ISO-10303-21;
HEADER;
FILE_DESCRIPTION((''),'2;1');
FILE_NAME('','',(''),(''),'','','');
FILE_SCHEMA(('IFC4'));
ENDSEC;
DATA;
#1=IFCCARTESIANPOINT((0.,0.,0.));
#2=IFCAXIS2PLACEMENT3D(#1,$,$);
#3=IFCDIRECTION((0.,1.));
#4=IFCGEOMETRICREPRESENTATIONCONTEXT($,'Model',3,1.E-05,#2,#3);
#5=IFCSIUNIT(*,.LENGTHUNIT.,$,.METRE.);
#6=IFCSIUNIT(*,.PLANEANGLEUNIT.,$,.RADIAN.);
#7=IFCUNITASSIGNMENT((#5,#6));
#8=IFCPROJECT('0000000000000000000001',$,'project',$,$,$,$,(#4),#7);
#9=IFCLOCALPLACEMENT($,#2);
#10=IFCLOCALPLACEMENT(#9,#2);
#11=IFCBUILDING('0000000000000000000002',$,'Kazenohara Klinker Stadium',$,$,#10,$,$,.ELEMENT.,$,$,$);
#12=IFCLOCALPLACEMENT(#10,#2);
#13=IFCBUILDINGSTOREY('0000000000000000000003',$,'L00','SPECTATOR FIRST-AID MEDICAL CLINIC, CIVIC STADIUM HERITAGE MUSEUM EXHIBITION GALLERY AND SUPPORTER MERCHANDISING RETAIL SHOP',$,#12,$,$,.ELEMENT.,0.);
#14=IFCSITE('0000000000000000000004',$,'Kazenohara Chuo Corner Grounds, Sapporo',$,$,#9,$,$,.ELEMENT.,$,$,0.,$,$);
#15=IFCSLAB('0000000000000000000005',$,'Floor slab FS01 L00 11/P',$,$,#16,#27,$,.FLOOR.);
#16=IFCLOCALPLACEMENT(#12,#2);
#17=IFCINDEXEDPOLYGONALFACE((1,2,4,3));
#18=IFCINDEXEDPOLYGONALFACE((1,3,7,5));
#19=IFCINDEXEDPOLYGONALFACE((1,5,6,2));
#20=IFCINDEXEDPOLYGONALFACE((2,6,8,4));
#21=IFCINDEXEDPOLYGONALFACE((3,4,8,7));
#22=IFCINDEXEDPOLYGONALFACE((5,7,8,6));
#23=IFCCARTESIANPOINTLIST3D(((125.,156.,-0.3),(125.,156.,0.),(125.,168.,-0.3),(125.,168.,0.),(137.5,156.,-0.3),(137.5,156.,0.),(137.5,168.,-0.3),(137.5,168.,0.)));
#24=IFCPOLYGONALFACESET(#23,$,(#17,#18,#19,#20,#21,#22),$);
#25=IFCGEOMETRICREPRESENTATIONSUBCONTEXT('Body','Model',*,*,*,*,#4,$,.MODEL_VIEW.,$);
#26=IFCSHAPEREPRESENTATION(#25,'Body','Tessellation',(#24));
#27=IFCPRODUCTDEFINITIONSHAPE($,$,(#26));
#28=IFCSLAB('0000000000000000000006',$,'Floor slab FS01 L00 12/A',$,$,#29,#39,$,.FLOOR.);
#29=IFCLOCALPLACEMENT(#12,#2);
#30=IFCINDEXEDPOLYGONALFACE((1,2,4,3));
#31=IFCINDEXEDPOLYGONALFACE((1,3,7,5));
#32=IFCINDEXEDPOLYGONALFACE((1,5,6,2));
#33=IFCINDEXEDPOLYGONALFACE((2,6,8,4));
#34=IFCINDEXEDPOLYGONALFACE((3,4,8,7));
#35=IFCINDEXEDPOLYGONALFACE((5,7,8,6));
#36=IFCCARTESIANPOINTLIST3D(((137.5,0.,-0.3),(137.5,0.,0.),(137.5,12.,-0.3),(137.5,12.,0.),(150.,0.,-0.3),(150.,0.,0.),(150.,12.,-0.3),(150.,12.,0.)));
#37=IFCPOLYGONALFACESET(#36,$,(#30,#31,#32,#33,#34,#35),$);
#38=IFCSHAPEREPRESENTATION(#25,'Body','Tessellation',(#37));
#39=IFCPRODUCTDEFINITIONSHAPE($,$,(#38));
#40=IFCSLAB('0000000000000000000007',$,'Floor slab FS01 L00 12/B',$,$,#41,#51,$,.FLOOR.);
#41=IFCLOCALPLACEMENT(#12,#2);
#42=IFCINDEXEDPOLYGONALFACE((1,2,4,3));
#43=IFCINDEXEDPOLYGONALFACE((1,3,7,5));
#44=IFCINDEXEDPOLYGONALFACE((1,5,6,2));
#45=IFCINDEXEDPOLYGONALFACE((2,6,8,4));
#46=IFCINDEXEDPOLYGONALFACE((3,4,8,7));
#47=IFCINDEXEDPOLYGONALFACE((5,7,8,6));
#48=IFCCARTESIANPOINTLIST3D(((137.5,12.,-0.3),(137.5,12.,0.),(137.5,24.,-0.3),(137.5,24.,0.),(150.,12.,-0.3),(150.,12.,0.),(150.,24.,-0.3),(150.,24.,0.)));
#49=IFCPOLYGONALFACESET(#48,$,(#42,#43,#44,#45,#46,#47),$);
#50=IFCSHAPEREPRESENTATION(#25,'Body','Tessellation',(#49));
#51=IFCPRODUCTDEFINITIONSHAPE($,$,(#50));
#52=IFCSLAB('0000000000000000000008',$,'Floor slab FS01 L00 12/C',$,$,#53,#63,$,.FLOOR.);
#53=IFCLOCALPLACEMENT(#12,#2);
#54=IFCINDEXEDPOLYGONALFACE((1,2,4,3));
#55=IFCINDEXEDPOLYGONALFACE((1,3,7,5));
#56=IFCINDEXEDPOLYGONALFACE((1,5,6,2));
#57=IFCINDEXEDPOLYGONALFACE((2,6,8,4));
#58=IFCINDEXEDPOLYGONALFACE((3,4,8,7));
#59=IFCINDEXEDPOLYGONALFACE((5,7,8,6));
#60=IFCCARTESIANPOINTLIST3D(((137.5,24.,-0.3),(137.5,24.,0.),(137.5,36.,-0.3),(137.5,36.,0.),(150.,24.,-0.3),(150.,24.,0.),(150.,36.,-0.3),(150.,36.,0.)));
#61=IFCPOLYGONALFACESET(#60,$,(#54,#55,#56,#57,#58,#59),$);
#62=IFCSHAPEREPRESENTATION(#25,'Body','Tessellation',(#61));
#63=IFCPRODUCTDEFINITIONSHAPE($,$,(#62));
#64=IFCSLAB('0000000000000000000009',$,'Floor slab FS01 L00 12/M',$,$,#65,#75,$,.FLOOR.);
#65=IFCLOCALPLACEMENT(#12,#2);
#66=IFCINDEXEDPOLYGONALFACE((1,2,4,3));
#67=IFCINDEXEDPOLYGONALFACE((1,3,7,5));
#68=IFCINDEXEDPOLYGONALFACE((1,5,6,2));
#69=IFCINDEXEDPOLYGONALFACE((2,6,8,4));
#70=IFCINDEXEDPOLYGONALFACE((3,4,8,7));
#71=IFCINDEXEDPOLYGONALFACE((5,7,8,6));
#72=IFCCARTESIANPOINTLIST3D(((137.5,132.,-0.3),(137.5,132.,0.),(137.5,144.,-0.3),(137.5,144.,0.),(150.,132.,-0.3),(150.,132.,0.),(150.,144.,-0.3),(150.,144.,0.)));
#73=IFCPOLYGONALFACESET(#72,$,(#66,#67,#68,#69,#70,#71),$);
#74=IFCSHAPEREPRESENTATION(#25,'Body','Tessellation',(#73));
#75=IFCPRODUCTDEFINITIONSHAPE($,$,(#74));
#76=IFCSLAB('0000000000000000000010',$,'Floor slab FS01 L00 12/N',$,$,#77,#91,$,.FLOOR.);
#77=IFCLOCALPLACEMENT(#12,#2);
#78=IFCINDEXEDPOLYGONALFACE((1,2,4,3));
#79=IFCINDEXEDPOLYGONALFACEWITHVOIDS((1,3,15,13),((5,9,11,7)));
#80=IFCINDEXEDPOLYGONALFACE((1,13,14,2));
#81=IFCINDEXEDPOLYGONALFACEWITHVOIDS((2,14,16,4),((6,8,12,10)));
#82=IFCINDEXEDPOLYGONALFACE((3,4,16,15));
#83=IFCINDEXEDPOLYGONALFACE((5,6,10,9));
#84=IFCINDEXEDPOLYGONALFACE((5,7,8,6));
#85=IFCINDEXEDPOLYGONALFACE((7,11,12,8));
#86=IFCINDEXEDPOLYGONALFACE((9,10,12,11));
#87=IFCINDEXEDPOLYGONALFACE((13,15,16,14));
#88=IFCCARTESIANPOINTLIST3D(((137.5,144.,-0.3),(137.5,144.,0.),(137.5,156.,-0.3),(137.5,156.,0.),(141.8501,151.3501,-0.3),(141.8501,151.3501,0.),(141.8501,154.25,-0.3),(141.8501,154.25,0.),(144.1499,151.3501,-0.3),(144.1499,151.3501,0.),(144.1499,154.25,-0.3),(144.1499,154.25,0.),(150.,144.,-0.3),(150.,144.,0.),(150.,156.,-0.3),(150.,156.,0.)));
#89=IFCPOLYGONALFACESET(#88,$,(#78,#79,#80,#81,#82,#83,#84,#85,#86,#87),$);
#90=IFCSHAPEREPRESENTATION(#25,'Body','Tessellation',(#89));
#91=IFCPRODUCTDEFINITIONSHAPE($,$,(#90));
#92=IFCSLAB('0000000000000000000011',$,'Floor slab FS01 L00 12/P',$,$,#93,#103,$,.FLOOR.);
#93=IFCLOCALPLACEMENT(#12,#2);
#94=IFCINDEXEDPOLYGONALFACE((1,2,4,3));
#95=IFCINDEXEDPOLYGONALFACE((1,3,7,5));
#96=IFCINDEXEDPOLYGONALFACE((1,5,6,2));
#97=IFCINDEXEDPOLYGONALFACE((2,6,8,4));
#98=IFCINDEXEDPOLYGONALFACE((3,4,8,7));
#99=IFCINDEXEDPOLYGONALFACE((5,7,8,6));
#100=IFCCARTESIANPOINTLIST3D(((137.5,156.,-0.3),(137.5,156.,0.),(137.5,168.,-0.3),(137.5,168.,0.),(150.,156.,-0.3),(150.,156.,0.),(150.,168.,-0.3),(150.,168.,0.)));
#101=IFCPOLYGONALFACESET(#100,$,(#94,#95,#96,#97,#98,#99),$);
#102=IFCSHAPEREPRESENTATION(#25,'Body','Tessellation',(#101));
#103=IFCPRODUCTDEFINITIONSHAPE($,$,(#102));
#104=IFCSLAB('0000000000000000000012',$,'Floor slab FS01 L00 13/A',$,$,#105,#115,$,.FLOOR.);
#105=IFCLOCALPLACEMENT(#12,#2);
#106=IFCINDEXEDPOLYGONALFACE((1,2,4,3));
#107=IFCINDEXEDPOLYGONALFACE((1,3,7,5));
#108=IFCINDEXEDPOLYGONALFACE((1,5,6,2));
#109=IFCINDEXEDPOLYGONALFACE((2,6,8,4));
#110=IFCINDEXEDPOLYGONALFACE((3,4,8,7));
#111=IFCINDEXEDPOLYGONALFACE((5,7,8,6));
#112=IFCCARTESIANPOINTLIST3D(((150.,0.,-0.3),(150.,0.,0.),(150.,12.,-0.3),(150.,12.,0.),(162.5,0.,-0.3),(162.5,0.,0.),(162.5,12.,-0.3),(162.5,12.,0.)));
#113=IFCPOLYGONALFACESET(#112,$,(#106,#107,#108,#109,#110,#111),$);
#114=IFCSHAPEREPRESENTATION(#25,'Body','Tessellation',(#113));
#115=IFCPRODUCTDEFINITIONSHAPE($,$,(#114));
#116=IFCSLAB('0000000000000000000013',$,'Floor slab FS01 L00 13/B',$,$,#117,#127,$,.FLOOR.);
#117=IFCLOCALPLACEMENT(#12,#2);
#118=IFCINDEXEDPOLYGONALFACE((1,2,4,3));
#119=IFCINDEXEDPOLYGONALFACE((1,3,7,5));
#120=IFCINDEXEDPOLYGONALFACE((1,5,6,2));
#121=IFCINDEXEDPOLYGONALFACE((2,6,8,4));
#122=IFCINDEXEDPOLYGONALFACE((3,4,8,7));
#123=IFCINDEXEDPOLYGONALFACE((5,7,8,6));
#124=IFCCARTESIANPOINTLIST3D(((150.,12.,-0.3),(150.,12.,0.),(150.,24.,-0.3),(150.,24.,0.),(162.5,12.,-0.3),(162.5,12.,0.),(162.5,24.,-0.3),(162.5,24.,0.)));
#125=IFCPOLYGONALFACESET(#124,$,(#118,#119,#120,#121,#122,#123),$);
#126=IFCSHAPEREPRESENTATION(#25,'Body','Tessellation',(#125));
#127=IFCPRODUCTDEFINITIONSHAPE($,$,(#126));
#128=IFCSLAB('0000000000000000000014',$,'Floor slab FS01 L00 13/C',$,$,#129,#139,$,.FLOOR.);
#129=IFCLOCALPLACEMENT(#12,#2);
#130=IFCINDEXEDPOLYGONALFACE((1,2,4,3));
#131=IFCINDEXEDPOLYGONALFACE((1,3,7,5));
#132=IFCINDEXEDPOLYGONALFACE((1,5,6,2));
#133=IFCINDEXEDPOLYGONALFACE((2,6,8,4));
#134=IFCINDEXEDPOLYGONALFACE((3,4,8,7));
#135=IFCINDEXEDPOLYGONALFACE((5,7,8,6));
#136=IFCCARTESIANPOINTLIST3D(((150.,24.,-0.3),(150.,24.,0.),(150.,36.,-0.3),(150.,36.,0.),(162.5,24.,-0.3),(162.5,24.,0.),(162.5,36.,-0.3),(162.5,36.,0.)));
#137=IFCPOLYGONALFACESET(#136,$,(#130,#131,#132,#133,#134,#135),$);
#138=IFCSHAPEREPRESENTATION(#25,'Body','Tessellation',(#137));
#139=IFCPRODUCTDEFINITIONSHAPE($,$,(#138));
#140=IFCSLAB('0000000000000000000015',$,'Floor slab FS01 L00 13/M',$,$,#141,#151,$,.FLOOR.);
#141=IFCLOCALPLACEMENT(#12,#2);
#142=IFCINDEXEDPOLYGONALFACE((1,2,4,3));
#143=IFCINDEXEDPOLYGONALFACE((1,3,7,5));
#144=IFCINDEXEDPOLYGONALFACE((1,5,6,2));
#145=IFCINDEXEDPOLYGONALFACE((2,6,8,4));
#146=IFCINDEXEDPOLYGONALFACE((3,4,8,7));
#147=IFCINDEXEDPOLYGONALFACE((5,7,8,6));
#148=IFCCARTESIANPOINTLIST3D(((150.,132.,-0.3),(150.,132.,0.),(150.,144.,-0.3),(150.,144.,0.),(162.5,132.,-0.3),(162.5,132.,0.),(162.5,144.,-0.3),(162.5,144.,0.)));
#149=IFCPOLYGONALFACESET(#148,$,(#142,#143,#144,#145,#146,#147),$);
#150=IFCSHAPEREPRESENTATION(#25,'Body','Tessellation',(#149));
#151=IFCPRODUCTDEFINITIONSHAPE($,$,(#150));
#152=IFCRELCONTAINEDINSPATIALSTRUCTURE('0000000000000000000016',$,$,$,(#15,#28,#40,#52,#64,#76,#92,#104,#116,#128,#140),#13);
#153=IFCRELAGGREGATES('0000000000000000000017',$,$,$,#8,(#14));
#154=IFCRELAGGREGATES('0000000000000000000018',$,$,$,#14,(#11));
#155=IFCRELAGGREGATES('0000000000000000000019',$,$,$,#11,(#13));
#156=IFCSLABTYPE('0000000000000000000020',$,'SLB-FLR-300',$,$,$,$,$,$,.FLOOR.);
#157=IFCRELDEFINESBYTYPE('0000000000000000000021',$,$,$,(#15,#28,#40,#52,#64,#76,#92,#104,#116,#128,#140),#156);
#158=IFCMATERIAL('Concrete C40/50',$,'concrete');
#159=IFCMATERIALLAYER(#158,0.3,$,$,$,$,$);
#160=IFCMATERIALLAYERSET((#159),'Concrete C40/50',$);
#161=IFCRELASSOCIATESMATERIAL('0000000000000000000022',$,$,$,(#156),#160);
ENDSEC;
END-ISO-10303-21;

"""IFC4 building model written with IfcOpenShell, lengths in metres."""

from ifc_helpers import new_model, si_unit, direction, frame, origin, place, context, subcontext, project, spatial, polyline, outline, extrude, material, layer, layer_set, type_object, element, save


model = new_model("IFC4")

# Units and contexts
model_context = context("Model", 3, precision=1e-05, world=origin(), true_north=direction((0.0, 1.0)))
body_context = subcontext(model_context, "Body", "Model", "MODEL_VIEW")
ifc_project = project(units=[si_unit("LENGTHUNIT", "METRE"), si_unit("PLANEANGLEUNIT", "RADIAN")], contexts=[model_context])

# Site, building, storey
site_placement = place(None, origin())
site = spatial("IfcSite", under=ifc_project, at=site_placement, Name="Kazenohara Chuo Corner Grounds, Sapporo", CompositionType="ELEMENT", RefElevation=0.0)
building_placement = place(site_placement, origin())
building = spatial("IfcBuilding", under=site, at=building_placement, Name="Kazenohara Klinker Stadium", CompositionType="ELEMENT")
storey_placement = place(building_placement, origin())
storey = spatial("IfcBuildingStorey", under=building, at=storey_placement, Name="L00", Description="SPECTATOR FIRST-AID MEDICAL CLINIC, CIVIC STADIUM HERITAGE MUSEUM EXHIBITION GALLERY AND SUPPORTER MERCHANDISING RETAIL SHOP", CompositionType="ELEMENT", Elevation=0.0)

# Slabs
ifc_material = material(Name="Concrete C40/50", Category="concrete")
ifc_layer = layer(ifc_material, 0.3)
ifc_layer_set = layer_set([ifc_layer], Name="Concrete C40/50")
slab_type = type_object("IfcSlabType", Name="SLB-FLR-300", PredefinedType="FLOOR", material=ifc_layer_set)
slab_1_placement = place(storey_placement, frame((0.0, 0.0, -0.3)))
element("IfcSlab", 1, at=slab_1_placement, inside=storey, type_object=slab_type, Name="Floor slab FS01 L00 11/P", PredefinedType="FLOOR", context=body_context, shape_type="SweptSolid", body=[
    extrude(outline(polyline([(125.0, 156.0), (137.5, 156.0), (137.5, 168.0), (125.0, 168.0), (125.0, 156.0)])), origin(), (0.0, 0.0, 1.0), 0.3),
])
slab_2_placement = place(storey_placement, frame((0.0, 0.0, -0.3)))
element("IfcSlab", 2, at=slab_2_placement, inside=storey, type_object=slab_type, Name="Floor slab FS01 L00 12/A", PredefinedType="FLOOR", context=body_context, shape_type="SweptSolid", body=[
    extrude(outline(polyline([(137.5, 0.0), (150.0, 0.0), (150.0, 12.0), (137.5, 12.0), (137.5, 0.0)])), origin(), (0.0, 0.0, 1.0), 0.3),
])
slab_3_placement = place(storey_placement, frame((0.0, 0.0, -0.3)))
element("IfcSlab", 3, at=slab_3_placement, inside=storey, type_object=slab_type, Name="Floor slab FS01 L00 12/B", PredefinedType="FLOOR", context=body_context, shape_type="SweptSolid", body=[
    extrude(outline(polyline([(137.5, 12.0), (150.0, 12.0), (150.0, 24.0), (137.5, 24.0), (137.5, 12.0)])), origin(), (0.0, 0.0, 1.0), 0.3),
])
slab_4_placement = place(storey_placement, frame((0.0, 0.0, -0.3)))
element("IfcSlab", 4, at=slab_4_placement, inside=storey, type_object=slab_type, Name="Floor slab FS01 L00 12/C", PredefinedType="FLOOR", context=body_context, shape_type="SweptSolid", body=[
    extrude(outline(polyline([(137.5, 24.0), (150.0, 24.0), (150.0, 36.0), (137.5, 36.0), (137.5, 24.0)])), origin(), (0.0, 0.0, 1.0), 0.3),
])
slab_5_placement = place(storey_placement, frame((0.0, 0.0, -0.3)))
element("IfcSlab", 5, at=slab_5_placement, inside=storey, type_object=slab_type, Name="Floor slab FS01 L00 12/M", PredefinedType="FLOOR", context=body_context, shape_type="SweptSolid", body=[
    extrude(outline(polyline([(137.5, 132.0), (150.0, 132.0), (150.0, 144.0), (137.5, 144.0), (137.5, 132.0)])), origin(), (0.0, 0.0, 1.0), 0.3),
])
slab_6_placement = place(storey_placement, frame((0.0, 0.0, -0.3)))
element("IfcSlab", 6, at=slab_6_placement, inside=storey, type_object=slab_type, Name="Floor slab FS01 L00 12/N", PredefinedType="FLOOR", context=body_context, shape_type="SweptSolid", body=[
    extrude(outline(polyline([(137.5, 144.0), (150.0, 144.0), (150.0, 156.0), (137.5, 156.0), (137.5, 144.0)]), holes=[polyline([(141.8501, 151.3501), (144.1499, 151.3501), (144.1499, 154.25), (141.8501, 154.25), (141.8501, 151.3501)])]), origin(), (0.0, 0.0, 1.0), 0.3),
])
slab_7_placement = place(storey_placement, frame((0.0, 0.0, -0.3)))
element("IfcSlab", 7, at=slab_7_placement, inside=storey, type_object=slab_type, Name="Floor slab FS01 L00 12/P", PredefinedType="FLOOR", context=body_context, shape_type="SweptSolid", body=[
    extrude(outline(polyline([(137.5, 156.0), (150.0, 156.0), (150.0, 168.0), (137.5, 168.0), (137.5, 156.0)])), origin(), (0.0, 0.0, 1.0), 0.3),
])
slab_8_placement = place(storey_placement, frame((0.0, 0.0, -0.3)))
element("IfcSlab", 8, at=slab_8_placement, inside=storey, type_object=slab_type, Name="Floor slab FS01 L00 13/A", PredefinedType="FLOOR", context=body_context, shape_type="SweptSolid", body=[
    extrude(outline(polyline([(150.0, 0.0), (162.5, 0.0), (162.5, 12.0), (150.0, 12.0), (150.0, 0.0)])), origin(), (0.0, 0.0, 1.0), 0.3),
])
slab_9_placement = place(storey_placement, frame((0.0, 0.0, -0.3)))
element("IfcSlab", 9, at=slab_9_placement, inside=storey, type_object=slab_type, Name="Floor slab FS01 L00 13/B", PredefinedType="FLOOR", context=body_context, shape_type="SweptSolid", body=[
    extrude(outline(polyline([(150.0, 12.0), (162.5, 12.0), (162.5, 24.0), (150.0, 24.0), (150.0, 12.0)])), origin(), (0.0, 0.0, 1.0), 0.3),
])
slab_10_placement = place(storey_placement, frame((0.0, 0.0, -0.3)))
element("IfcSlab", 10, at=slab_10_placement, inside=storey, type_object=slab_type, Name="Floor slab FS01 L00 13/C", PredefinedType="FLOOR", context=body_context, shape_type="SweptSolid", body=[
    extrude(outline(polyline([(150.0, 24.0), (162.5, 24.0), (162.5, 36.0), (150.0, 36.0), (150.0, 24.0)])), origin(), (0.0, 0.0, 1.0), 0.3),
])
slab_11_placement = place(storey_placement, frame((0.0, 0.0, -0.3)))
element("IfcSlab", 11, at=slab_11_placement, inside=storey, type_object=slab_type, Name="Floor slab FS01 L00 13/M", PredefinedType="FLOOR", context=body_context, shape_type="SweptSolid", body=[
    extrude(outline(polyline([(150.0, 132.0), (162.5, 132.0), (162.5, 144.0), (150.0, 144.0), (150.0, 132.0)])), origin(), (0.0, 0.0, 1.0), 0.3),
])

save(model, "model.ifc")
